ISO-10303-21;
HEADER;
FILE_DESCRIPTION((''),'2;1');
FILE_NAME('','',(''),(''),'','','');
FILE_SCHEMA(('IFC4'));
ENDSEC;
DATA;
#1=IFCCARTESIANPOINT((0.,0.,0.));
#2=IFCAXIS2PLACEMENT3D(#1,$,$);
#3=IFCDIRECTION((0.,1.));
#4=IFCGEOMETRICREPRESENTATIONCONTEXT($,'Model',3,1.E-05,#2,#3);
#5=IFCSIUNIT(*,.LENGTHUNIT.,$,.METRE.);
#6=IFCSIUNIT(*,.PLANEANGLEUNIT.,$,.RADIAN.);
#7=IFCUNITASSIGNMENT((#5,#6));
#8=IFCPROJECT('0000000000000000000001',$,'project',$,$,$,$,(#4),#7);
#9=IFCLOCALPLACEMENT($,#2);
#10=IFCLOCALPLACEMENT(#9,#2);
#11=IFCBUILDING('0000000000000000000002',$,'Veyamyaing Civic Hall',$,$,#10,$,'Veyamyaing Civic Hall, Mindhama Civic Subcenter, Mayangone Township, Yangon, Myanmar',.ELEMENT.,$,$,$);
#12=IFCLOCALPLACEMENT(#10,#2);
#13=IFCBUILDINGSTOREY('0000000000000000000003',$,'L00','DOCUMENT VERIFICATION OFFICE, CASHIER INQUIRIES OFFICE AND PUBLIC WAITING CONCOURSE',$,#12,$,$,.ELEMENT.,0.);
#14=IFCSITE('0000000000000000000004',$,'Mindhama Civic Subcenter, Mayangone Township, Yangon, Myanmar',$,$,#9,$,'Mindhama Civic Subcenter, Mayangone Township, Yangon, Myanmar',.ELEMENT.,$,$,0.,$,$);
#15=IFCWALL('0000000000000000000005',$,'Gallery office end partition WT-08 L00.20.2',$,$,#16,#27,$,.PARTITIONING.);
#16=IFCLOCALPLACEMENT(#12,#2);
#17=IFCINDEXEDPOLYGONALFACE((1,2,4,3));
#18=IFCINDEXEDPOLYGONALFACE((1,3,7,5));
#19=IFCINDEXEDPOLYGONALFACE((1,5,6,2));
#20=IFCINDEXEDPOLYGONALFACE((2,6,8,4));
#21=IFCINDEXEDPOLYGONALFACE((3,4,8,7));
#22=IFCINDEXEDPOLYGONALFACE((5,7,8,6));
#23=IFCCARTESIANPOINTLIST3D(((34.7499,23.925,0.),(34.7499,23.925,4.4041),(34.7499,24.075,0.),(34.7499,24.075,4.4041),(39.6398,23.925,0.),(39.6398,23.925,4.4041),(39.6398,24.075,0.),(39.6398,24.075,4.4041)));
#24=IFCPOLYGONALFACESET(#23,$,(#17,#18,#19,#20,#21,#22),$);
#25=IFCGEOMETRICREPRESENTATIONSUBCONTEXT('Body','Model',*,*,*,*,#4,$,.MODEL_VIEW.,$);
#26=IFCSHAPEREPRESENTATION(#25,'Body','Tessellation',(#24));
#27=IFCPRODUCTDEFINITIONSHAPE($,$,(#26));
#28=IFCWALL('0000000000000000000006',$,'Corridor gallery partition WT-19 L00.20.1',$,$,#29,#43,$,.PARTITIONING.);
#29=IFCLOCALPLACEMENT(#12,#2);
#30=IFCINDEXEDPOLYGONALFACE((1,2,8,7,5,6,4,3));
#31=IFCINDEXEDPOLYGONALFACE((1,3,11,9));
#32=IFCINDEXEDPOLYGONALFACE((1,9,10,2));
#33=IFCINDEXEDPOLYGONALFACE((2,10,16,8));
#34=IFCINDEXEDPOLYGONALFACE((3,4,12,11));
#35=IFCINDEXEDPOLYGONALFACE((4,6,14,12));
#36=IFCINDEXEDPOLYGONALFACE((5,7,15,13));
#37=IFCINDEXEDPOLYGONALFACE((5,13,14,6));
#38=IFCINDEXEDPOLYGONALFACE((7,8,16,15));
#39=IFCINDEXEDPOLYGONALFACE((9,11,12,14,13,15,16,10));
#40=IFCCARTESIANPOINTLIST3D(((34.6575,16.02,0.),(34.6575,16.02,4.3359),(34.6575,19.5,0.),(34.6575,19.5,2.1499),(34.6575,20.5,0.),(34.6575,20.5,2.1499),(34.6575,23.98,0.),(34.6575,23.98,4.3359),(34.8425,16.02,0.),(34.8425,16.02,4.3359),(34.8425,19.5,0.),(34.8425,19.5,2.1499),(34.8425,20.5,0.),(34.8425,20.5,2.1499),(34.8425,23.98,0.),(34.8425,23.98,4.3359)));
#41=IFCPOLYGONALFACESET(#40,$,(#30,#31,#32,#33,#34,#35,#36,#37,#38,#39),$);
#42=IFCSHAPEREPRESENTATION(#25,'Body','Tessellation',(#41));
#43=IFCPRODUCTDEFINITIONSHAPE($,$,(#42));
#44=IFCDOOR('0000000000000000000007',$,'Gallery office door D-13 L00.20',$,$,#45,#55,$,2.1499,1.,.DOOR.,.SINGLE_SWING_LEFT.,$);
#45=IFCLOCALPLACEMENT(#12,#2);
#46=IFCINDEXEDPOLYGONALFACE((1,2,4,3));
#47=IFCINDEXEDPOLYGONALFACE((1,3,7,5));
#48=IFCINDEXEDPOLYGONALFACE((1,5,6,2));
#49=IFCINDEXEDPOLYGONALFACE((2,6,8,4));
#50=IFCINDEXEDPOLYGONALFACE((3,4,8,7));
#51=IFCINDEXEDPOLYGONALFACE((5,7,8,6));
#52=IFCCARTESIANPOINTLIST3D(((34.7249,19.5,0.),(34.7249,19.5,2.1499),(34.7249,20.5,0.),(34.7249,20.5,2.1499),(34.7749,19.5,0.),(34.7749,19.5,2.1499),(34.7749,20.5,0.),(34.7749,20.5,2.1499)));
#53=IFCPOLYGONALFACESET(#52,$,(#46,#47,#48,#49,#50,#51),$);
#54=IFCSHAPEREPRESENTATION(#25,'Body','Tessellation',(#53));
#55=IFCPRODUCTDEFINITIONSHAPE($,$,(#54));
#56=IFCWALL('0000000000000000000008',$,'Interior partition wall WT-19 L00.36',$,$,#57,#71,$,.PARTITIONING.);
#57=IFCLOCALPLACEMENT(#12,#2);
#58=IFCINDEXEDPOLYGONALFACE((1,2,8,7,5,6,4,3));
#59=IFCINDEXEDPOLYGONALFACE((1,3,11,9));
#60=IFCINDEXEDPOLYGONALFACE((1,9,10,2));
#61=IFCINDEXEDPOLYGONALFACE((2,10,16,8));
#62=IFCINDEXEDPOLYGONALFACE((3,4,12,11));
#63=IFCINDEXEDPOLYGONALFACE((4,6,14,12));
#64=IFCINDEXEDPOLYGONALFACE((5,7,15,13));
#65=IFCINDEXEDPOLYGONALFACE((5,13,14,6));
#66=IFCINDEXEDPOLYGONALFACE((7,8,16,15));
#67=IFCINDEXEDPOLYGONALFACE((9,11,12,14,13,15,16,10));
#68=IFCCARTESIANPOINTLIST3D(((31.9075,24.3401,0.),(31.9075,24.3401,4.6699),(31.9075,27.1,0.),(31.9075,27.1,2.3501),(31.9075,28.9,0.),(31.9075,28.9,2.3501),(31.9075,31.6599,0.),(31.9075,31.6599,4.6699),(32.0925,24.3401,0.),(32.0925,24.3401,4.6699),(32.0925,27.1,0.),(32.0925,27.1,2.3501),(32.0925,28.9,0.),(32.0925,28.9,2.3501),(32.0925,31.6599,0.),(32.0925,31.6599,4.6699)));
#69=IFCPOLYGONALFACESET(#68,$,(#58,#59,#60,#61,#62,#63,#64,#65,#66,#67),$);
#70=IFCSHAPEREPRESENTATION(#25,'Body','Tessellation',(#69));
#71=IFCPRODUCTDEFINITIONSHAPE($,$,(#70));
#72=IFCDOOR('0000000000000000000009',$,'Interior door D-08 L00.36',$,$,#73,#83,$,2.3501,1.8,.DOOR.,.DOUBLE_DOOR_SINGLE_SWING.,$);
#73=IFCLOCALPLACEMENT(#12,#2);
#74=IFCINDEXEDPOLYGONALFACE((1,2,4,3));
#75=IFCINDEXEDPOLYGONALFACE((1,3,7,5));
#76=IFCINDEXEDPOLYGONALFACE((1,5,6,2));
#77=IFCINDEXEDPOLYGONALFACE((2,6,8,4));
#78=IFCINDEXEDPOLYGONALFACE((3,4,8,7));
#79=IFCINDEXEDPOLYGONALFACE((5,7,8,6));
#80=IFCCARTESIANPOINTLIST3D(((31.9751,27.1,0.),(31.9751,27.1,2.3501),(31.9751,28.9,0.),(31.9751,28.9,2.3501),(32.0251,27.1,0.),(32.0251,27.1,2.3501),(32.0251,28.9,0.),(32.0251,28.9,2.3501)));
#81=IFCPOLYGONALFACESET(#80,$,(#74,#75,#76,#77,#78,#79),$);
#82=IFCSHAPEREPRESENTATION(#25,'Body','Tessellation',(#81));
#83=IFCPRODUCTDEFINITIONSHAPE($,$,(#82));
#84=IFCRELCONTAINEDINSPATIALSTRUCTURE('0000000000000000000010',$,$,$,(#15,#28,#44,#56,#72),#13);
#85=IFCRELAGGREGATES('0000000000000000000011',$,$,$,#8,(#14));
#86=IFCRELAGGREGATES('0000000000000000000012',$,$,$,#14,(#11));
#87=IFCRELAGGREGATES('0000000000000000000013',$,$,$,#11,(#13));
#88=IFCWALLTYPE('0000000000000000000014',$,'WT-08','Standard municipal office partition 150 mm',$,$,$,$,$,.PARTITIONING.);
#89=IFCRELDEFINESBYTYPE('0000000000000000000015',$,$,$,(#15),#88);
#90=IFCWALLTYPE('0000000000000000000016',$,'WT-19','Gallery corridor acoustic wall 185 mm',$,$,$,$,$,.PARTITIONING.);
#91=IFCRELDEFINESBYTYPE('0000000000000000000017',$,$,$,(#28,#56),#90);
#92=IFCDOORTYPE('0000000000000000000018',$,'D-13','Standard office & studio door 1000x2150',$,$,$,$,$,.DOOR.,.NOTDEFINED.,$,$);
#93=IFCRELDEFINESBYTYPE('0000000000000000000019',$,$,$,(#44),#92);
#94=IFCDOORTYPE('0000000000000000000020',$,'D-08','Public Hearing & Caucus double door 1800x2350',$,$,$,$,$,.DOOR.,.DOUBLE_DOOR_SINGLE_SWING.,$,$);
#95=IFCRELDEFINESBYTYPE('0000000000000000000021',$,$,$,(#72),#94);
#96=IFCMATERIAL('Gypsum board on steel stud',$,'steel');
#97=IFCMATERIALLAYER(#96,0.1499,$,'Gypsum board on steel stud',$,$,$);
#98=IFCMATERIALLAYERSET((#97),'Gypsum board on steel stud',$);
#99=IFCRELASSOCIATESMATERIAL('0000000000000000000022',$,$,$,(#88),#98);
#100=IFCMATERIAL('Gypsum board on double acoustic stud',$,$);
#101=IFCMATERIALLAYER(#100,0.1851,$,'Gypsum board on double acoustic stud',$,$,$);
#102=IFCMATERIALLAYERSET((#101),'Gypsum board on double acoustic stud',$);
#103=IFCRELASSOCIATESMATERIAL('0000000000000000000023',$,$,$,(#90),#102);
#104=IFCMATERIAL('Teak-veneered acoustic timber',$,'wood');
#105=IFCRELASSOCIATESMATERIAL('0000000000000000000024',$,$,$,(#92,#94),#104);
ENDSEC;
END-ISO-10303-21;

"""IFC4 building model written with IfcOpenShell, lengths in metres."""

from ifc_helpers import new_model, si_unit, direction, frame, frame_2d, origin, place, context, subcontext, project, spatial, rectangle, extrude, material, layer, layer_set, type_object, element, fill, save


model = new_model("IFC4")

# Units and contexts
model_context = context("Model", 3, precision=1e-05, world=origin(), true_north=direction((0.0, 1.0)))
body_context = subcontext(model_context, "Body", "Model", "MODEL_VIEW")
ifc_project = project(units=[si_unit("LENGTHUNIT", "METRE"), si_unit("PLANEANGLEUNIT", "RADIAN")], contexts=[model_context])

# Site, building, storey
site_placement = place(None, origin())
site = spatial("IfcSite", under=ifc_project, at=site_placement, Name="Mindhama Civic Subcenter, Mayangone Township, Yangon, Myanmar", LongName="Mindhama Civic Subcenter, Mayangone Township, Yangon, Myanmar", CompositionType="ELEMENT", RefElevation=0.0)
building_placement = place(site_placement, origin())
building = spatial("IfcBuilding", under=site, at=building_placement, Name="Veyamyaing Civic Hall", LongName="Veyamyaing Civic Hall, Mindhama Civic Subcenter, Mayangone Township, Yangon, Myanmar", CompositionType="ELEMENT")
storey_placement = place(building_placement, origin())
storey = spatial("IfcBuildingStorey", under=building, at=storey_placement, Name="L00", Description="DOCUMENT VERIFICATION OFFICE, CASHIER INQUIRIES OFFICE AND PUBLIC WAITING CONCOURSE", CompositionType="ELEMENT", Elevation=0.0)

# Shared definitions
ifc_material_1 = material(Name="Teak-veneered acoustic timber", Category="wood")

# Wall
ifc_material_2 = material(Name="Gypsum board on steel stud", Category="steel")
ifc_layer_1 = layer(ifc_material_2, 0.1499, Name="Gypsum board on steel stud")
ifc_layer_set_1 = layer_set([ifc_layer_1], Name="Gypsum board on steel stud")
wall_type_1 = type_object("IfcWallType", Name="WT-08", Description="Standard municipal office partition 150 mm", PredefinedType="PARTITIONING", material=ifc_layer_set_1)
wall_1_placement = place(storey_placement, frame((34.75, 24.0, 0.0), z_axis=(0.0, 0.0, 1.0), x_axis=(1.0, 0.0, 0.0)))
element("IfcWall", 1, at=wall_1_placement, inside=storey, type_object=wall_type_1, Name="Gallery office end partition WT-08 L00.20.2", PredefinedType="PARTITIONING", context=body_context, shape_type="SweptSolid", body=[
    extrude(rectangle(XDim=4.8899, YDim=0.1499, at=frame_2d((2.4448, 0.0))), origin(), (0.0, 0.0, 1.0), 4.4041),
])

# Walls, openings, doors
ifc_material_3 = material(Name="Gypsum board on double acoustic stud")
ifc_layer_2 = layer(ifc_material_3, 0.1851, Name="Gypsum board on double acoustic stud")
ifc_layer_set_2 = layer_set([ifc_layer_2], Name="Gypsum board on double acoustic stud")
wall_type_2 = type_object("IfcWallType", Name="WT-19", Description="Gallery corridor acoustic wall 185 mm", PredefinedType="PARTITIONING", material=ifc_layer_set_2)
wall_2_placement = place(storey_placement, frame((34.75, 16.02, 0.0), z_axis=(0.0, 0.0, 1.0), x_axis=(0.0, 1.0, 0.0)))
wall_2 = element("IfcWall", 2, at=wall_2_placement, inside=storey, type_object=wall_type_2, Name="Corridor gallery partition WT-19 L00.20.1", PredefinedType="PARTITIONING", context=body_context, shape_type="SweptSolid", body=[
    extrude(rectangle(XDim=7.96, YDim=0.1851, at=frame_2d((3.98, 0.0))), origin(), (0.0, 0.0, 1.0), 4.3359),
])
opening_1_placement = place(wall_2_placement, frame((3.48, 0.0, 0.0)))
opening_1 = element("IfcOpeningElement", 3, at=opening_1_placement, cuts=wall_2, PredefinedType="OPENING", context=body_context, shape_type="SweptSolid", body=[
    extrude(rectangle(XDim=1.0, YDim=2.1499, at=frame_2d((0.5, 1.075))), frame((0.0, 0.1025, 0.0), z_axis=(0.0, -1.0, 0.0), x_axis=(1.0, 0.0, 0.0)), (0.0, 0.0, 1.0), 0.2051),
])
door_type_1 = type_object("IfcDoorType", Name="D-13", Description="Standard office & studio door 1000x2150", OperationType="NOTDEFINED", PredefinedType="DOOR", material=ifc_material_1)
door_1_placement = place(opening_1_placement, frame((1.0, 0.0, 0.0), z_axis=(0.0, 0.0, 1.0), x_axis=(-1.0, 0.0, 0.0)))
door_1 = element("IfcDoor", 4, at=door_1_placement, inside=storey, type_object=door_type_1, Name="Gallery office door D-13 L00.20", OperationType="SINGLE_SWING_LEFT", OverallHeight=2.1499, OverallWidth=1.0, PredefinedType="DOOR", context=body_context, shape_type="SweptSolid", body=[
    extrude(rectangle(XDim=1.0, YDim=2.1499, at=frame_2d((0.5, 1.075))), frame((0.0, 0.0249, 0.0), z_axis=(0.0, -1.0, 0.0), x_axis=(1.0, 0.0, 0.0)), (0.0, 0.0, 1.0), 0.05),
])
fill(opening_1, door_1)
wall_3_placement = place(storey_placement, frame((32.0, 24.3401, 0.0), z_axis=(0.0, 0.0, 1.0), x_axis=(0.0, 1.0, 0.0)))
wall_3 = element("IfcWall", 5, at=wall_3_placement, inside=storey, type_object=wall_type_2, Name="Interior partition wall WT-19 L00.36", PredefinedType="PARTITIONING", context=body_context, shape_type="SweptSolid", body=[
    extrude(rectangle(XDim=7.3198, YDim=0.1851, at=frame_2d((3.6599, 0.0))), origin(), (0.0, 0.0, 1.0), 4.6699),
])
opening_2_placement = place(wall_3_placement, frame((2.76, 0.0, 0.0)))
opening_2 = element("IfcOpeningElement", 6, at=opening_2_placement, cuts=wall_3, PredefinedType="OPENING", context=body_context, shape_type="SweptSolid", body=[
    extrude(rectangle(XDim=1.8, YDim=2.3501, at=frame_2d((0.8999, 1.175))), frame((0.0, 0.1025, 0.0), z_axis=(0.0, -1.0, 0.0), x_axis=(1.0, 0.0, 0.0)), (0.0, 0.0, 1.0), 0.2051),
])
door_type_2 = type_object("IfcDoorType", Name="D-08", Description="Public Hearing & Caucus double door 1800x2350", OperationType="DOUBLE_DOOR_SINGLE_SWING", PredefinedType="DOOR", material=ifc_material_1)
door_2_placement = place(opening_2_placement, origin())
door_2 = element("IfcDoor", 7, at=door_2_placement, inside=storey, type_object=door_type_2, Name="Interior door D-08 L00.36", OperationType="DOUBLE_DOOR_SINGLE_SWING", OverallHeight=2.3501, OverallWidth=1.8, PredefinedType="DOOR", context=body_context, shape_type="SweptSolid", body=[
    extrude(rectangle(XDim=1.8, YDim=2.3501, at=frame_2d((0.8999, 1.175))), frame((0.0, 0.0249, 0.0), z_axis=(0.0, -1.0, 0.0), x_axis=(1.0, 0.0, 0.0)), (0.0, 0.0, 1.0), 0.05),
])
fill(opening_2, door_2)

save(model, "model.ifc")
